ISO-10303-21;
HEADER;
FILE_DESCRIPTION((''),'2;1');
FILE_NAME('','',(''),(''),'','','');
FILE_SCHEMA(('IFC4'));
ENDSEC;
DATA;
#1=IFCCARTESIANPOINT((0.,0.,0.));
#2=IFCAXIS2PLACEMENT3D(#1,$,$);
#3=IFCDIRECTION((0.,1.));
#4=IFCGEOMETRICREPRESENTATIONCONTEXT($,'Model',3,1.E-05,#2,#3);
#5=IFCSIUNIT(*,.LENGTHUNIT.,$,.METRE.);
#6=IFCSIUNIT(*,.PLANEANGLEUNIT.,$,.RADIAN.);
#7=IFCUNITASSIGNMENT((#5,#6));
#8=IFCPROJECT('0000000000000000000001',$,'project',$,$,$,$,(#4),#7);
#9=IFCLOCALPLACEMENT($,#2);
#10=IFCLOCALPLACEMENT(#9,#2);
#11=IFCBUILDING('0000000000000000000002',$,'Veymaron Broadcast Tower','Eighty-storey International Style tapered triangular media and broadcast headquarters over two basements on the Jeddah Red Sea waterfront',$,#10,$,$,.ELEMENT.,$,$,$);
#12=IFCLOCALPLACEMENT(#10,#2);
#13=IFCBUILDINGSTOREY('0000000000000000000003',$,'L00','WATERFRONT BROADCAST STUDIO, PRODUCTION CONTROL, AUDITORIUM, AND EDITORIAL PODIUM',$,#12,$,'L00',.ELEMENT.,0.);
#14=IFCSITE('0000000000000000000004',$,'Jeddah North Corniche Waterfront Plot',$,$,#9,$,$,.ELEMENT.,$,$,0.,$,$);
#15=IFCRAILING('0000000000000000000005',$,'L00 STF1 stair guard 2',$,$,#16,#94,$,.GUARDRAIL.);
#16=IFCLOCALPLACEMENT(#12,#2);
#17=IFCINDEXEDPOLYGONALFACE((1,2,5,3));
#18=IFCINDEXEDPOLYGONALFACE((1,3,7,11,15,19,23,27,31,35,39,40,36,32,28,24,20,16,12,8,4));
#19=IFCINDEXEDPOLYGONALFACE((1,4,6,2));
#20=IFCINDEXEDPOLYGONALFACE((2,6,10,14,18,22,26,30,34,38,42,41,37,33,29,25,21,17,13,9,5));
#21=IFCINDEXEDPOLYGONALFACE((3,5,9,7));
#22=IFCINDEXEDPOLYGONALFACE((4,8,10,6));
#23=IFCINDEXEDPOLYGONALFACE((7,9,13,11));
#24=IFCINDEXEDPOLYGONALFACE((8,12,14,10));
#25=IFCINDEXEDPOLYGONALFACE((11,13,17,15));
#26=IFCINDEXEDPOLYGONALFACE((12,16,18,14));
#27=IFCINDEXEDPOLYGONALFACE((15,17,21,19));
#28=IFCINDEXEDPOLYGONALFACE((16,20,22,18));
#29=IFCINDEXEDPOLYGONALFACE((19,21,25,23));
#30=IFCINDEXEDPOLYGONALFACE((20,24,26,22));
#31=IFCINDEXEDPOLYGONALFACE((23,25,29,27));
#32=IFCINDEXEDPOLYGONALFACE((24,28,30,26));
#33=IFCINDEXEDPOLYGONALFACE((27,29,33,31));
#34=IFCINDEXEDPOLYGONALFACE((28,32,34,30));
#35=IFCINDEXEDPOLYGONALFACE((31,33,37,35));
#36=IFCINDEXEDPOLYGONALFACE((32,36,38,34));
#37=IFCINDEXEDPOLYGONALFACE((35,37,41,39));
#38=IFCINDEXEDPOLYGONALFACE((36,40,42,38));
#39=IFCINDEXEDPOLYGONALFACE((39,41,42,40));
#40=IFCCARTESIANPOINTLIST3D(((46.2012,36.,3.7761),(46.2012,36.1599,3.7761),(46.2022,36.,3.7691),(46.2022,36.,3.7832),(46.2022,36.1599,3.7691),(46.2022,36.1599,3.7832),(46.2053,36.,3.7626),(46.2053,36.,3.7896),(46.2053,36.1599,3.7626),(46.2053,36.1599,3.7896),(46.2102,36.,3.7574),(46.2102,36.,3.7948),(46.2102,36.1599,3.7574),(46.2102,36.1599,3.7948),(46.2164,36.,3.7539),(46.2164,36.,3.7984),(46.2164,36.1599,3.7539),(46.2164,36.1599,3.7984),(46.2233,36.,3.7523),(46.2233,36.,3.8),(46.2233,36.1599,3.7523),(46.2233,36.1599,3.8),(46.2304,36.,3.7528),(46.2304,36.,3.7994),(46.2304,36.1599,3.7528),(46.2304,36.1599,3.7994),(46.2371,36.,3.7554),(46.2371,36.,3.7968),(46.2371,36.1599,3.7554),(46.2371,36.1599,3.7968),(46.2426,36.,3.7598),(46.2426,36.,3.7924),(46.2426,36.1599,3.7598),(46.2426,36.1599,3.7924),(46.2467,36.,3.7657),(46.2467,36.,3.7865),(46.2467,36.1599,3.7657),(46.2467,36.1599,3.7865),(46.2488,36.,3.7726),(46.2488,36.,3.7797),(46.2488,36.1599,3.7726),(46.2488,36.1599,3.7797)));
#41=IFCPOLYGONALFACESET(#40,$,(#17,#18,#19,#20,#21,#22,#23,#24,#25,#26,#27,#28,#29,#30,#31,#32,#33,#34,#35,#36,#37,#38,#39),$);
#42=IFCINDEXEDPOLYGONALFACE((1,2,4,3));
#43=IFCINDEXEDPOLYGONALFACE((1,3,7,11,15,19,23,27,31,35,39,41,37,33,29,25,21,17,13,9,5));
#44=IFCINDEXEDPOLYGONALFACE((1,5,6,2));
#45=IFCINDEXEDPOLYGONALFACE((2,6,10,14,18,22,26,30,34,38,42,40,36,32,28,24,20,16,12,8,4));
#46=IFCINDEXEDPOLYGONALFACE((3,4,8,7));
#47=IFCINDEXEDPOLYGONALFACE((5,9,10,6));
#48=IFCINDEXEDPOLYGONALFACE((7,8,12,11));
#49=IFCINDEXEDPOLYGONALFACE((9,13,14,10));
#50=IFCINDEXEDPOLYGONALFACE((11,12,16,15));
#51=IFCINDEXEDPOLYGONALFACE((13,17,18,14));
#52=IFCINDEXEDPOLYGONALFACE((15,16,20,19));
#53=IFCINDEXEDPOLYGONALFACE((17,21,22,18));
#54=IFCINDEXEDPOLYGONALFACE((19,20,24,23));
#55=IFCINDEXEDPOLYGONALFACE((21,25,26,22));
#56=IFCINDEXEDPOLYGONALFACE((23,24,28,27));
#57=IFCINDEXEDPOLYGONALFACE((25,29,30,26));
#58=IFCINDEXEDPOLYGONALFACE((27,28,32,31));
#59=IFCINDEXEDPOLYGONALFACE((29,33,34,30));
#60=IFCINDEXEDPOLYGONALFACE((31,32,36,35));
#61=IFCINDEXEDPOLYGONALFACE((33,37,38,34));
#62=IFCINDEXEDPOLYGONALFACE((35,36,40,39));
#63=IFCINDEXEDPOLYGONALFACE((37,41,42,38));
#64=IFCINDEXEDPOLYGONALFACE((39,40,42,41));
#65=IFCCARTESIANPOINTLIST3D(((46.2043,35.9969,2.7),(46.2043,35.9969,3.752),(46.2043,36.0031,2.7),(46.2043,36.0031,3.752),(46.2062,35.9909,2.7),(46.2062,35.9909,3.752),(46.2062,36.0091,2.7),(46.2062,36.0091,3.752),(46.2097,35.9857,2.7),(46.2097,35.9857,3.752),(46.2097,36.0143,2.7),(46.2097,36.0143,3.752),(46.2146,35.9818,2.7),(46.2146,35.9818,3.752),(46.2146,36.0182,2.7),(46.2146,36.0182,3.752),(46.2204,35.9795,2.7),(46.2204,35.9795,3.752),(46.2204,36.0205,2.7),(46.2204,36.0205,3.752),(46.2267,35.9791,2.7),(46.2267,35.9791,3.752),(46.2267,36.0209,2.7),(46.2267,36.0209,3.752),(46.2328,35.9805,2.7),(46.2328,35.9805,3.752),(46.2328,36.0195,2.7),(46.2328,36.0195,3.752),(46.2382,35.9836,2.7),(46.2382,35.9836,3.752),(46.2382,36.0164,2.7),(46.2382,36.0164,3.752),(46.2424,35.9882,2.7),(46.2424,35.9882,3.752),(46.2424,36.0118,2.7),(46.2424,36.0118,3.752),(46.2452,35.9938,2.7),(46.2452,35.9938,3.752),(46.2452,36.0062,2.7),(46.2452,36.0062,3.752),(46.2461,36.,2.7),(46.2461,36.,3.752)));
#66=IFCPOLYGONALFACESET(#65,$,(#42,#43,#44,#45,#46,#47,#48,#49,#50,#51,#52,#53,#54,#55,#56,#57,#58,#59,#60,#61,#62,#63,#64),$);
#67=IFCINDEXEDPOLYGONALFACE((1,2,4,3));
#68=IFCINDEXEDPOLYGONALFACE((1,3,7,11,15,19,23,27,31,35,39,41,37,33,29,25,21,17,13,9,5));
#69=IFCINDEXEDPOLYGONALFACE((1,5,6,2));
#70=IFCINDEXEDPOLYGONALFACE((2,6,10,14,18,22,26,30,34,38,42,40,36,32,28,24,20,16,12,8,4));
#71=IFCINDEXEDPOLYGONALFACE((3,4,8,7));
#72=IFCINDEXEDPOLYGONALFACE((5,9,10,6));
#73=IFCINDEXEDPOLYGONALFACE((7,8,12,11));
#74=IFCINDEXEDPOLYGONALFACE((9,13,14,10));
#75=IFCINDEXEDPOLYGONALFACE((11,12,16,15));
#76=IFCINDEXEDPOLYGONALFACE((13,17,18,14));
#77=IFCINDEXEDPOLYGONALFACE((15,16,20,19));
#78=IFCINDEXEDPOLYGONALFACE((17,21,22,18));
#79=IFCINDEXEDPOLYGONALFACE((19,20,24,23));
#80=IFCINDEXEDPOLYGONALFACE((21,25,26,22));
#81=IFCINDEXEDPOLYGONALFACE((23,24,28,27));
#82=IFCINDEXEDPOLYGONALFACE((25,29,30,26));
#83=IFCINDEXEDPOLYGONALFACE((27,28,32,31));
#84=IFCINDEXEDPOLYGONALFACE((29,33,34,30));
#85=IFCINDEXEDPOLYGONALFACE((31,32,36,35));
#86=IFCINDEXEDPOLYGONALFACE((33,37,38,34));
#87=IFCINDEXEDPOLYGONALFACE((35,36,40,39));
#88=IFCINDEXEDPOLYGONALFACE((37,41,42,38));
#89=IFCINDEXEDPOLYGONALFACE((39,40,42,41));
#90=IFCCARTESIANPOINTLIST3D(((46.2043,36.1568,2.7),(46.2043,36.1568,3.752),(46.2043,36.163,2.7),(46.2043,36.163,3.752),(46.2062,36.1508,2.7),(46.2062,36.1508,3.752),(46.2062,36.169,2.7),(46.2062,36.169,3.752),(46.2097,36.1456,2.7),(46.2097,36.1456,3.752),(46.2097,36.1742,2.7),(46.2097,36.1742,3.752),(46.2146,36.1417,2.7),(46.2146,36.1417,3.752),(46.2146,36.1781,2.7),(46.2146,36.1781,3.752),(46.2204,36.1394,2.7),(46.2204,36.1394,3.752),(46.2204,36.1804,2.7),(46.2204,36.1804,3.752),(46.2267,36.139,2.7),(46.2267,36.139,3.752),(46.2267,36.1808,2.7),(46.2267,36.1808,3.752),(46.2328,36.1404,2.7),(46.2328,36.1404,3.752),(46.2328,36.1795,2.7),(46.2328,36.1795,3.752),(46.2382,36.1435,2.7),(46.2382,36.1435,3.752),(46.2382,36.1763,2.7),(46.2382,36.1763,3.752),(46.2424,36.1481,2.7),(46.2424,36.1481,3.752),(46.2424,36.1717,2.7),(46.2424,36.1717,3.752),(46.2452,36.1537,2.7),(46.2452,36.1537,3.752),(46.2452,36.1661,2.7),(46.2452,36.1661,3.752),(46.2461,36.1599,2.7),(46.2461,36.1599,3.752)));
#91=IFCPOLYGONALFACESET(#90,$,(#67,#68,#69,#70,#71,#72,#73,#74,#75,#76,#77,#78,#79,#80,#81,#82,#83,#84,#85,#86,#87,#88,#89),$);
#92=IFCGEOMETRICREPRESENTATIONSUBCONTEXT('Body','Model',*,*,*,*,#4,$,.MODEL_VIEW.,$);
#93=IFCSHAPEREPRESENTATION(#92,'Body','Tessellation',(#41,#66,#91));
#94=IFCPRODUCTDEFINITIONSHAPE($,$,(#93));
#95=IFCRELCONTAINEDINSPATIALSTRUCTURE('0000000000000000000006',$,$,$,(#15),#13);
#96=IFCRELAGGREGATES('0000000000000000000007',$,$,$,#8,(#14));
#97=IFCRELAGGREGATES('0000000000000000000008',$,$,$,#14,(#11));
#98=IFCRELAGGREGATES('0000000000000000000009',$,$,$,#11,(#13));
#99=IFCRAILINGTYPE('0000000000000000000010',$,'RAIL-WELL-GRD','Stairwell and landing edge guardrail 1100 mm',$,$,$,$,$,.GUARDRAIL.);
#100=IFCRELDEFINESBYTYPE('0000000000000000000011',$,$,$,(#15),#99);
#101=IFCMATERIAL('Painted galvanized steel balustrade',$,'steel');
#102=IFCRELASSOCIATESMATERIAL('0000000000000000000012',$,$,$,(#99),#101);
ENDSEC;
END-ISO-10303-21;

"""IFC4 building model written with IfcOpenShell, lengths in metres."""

from ifc_helpers import new_model, si_unit, direction, frame, origin, origin_2d, place, context, subcontext, project, spatial, circle, extrude, material, type_object, element, save


model = new_model("IFC4")

# Units and contexts
model_context = context("Model", 3, precision=1e-05, world=origin(), true_north=direction((0.0, 1.0)))
body_context = subcontext(model_context, "Body", "Model", "MODEL_VIEW")
ifc_project = project(units=[si_unit("LENGTHUNIT", "METRE"), si_unit("PLANEANGLEUNIT", "RADIAN")], contexts=[model_context])

# Site, building, storey
site_placement = place(None, origin())
site = spatial("IfcSite", under=ifc_project, at=site_placement, Name="Jeddah North Corniche Waterfront Plot", CompositionType="ELEMENT", RefElevation=0.0)
building_placement = place(site_placement, origin())
building = spatial("IfcBuilding", under=site, at=building_placement, Name="Veymaron Broadcast Tower", Description="Eighty-storey International Style tapered triangular media and broadcast headquarters over two basements on the Jeddah Red Sea waterfront", CompositionType="ELEMENT")
storey_placement = place(building_placement, origin())
storey = spatial("IfcBuildingStorey", under=building, at=storey_placement, Name="L00", Description="WATERFRONT BROADCAST STUDIO, PRODUCTION CONTROL, AUDITORIUM, AND EDITORIAL PODIUM", LongName="L00", CompositionType="ELEMENT", Elevation=0.0)

# Railing
ifc_material_1 = material(Name="Painted galvanized steel balustrade", Category="steel")
railing_type_1 = type_object("IfcRailingType", Name="RAIL-WELL-GRD", Description="Stairwell and landing edge guardrail 1100 mm", PredefinedType="GUARDRAIL", material=ifc_material_1)
railing_1_placement = place(storey_placement, frame((46.2251, 36.0, 2.7)))
element("IfcRailing", 1, at=railing_1_placement, inside=storey, type_object=railing_type_1, Name="L00 STF1 stair guard 2", PredefinedType="GUARDRAIL", context=body_context, shape_type="SweptSolid", body=[
    extrude(circle(Radius=0.0239, at=origin_2d()), frame((0.0, 0.0, 1.0762), z_axis=(0.0, 1.0, 0.0), x_axis=(-1.0, 0.0, 0.0)), (0.0, 0.0, 1.0), 0.1599),
    extrude(circle(Radius=0.021, at=origin_2d()), origin(), (0.0, 0.0, 1.0), 1.052),
    extrude(circle(Radius=0.021, at=origin_2d()), frame((0.0, 0.1599, 0.0)), (0.0, 0.0, 1.0), 1.052),
])

save(model, "model.ifc")
